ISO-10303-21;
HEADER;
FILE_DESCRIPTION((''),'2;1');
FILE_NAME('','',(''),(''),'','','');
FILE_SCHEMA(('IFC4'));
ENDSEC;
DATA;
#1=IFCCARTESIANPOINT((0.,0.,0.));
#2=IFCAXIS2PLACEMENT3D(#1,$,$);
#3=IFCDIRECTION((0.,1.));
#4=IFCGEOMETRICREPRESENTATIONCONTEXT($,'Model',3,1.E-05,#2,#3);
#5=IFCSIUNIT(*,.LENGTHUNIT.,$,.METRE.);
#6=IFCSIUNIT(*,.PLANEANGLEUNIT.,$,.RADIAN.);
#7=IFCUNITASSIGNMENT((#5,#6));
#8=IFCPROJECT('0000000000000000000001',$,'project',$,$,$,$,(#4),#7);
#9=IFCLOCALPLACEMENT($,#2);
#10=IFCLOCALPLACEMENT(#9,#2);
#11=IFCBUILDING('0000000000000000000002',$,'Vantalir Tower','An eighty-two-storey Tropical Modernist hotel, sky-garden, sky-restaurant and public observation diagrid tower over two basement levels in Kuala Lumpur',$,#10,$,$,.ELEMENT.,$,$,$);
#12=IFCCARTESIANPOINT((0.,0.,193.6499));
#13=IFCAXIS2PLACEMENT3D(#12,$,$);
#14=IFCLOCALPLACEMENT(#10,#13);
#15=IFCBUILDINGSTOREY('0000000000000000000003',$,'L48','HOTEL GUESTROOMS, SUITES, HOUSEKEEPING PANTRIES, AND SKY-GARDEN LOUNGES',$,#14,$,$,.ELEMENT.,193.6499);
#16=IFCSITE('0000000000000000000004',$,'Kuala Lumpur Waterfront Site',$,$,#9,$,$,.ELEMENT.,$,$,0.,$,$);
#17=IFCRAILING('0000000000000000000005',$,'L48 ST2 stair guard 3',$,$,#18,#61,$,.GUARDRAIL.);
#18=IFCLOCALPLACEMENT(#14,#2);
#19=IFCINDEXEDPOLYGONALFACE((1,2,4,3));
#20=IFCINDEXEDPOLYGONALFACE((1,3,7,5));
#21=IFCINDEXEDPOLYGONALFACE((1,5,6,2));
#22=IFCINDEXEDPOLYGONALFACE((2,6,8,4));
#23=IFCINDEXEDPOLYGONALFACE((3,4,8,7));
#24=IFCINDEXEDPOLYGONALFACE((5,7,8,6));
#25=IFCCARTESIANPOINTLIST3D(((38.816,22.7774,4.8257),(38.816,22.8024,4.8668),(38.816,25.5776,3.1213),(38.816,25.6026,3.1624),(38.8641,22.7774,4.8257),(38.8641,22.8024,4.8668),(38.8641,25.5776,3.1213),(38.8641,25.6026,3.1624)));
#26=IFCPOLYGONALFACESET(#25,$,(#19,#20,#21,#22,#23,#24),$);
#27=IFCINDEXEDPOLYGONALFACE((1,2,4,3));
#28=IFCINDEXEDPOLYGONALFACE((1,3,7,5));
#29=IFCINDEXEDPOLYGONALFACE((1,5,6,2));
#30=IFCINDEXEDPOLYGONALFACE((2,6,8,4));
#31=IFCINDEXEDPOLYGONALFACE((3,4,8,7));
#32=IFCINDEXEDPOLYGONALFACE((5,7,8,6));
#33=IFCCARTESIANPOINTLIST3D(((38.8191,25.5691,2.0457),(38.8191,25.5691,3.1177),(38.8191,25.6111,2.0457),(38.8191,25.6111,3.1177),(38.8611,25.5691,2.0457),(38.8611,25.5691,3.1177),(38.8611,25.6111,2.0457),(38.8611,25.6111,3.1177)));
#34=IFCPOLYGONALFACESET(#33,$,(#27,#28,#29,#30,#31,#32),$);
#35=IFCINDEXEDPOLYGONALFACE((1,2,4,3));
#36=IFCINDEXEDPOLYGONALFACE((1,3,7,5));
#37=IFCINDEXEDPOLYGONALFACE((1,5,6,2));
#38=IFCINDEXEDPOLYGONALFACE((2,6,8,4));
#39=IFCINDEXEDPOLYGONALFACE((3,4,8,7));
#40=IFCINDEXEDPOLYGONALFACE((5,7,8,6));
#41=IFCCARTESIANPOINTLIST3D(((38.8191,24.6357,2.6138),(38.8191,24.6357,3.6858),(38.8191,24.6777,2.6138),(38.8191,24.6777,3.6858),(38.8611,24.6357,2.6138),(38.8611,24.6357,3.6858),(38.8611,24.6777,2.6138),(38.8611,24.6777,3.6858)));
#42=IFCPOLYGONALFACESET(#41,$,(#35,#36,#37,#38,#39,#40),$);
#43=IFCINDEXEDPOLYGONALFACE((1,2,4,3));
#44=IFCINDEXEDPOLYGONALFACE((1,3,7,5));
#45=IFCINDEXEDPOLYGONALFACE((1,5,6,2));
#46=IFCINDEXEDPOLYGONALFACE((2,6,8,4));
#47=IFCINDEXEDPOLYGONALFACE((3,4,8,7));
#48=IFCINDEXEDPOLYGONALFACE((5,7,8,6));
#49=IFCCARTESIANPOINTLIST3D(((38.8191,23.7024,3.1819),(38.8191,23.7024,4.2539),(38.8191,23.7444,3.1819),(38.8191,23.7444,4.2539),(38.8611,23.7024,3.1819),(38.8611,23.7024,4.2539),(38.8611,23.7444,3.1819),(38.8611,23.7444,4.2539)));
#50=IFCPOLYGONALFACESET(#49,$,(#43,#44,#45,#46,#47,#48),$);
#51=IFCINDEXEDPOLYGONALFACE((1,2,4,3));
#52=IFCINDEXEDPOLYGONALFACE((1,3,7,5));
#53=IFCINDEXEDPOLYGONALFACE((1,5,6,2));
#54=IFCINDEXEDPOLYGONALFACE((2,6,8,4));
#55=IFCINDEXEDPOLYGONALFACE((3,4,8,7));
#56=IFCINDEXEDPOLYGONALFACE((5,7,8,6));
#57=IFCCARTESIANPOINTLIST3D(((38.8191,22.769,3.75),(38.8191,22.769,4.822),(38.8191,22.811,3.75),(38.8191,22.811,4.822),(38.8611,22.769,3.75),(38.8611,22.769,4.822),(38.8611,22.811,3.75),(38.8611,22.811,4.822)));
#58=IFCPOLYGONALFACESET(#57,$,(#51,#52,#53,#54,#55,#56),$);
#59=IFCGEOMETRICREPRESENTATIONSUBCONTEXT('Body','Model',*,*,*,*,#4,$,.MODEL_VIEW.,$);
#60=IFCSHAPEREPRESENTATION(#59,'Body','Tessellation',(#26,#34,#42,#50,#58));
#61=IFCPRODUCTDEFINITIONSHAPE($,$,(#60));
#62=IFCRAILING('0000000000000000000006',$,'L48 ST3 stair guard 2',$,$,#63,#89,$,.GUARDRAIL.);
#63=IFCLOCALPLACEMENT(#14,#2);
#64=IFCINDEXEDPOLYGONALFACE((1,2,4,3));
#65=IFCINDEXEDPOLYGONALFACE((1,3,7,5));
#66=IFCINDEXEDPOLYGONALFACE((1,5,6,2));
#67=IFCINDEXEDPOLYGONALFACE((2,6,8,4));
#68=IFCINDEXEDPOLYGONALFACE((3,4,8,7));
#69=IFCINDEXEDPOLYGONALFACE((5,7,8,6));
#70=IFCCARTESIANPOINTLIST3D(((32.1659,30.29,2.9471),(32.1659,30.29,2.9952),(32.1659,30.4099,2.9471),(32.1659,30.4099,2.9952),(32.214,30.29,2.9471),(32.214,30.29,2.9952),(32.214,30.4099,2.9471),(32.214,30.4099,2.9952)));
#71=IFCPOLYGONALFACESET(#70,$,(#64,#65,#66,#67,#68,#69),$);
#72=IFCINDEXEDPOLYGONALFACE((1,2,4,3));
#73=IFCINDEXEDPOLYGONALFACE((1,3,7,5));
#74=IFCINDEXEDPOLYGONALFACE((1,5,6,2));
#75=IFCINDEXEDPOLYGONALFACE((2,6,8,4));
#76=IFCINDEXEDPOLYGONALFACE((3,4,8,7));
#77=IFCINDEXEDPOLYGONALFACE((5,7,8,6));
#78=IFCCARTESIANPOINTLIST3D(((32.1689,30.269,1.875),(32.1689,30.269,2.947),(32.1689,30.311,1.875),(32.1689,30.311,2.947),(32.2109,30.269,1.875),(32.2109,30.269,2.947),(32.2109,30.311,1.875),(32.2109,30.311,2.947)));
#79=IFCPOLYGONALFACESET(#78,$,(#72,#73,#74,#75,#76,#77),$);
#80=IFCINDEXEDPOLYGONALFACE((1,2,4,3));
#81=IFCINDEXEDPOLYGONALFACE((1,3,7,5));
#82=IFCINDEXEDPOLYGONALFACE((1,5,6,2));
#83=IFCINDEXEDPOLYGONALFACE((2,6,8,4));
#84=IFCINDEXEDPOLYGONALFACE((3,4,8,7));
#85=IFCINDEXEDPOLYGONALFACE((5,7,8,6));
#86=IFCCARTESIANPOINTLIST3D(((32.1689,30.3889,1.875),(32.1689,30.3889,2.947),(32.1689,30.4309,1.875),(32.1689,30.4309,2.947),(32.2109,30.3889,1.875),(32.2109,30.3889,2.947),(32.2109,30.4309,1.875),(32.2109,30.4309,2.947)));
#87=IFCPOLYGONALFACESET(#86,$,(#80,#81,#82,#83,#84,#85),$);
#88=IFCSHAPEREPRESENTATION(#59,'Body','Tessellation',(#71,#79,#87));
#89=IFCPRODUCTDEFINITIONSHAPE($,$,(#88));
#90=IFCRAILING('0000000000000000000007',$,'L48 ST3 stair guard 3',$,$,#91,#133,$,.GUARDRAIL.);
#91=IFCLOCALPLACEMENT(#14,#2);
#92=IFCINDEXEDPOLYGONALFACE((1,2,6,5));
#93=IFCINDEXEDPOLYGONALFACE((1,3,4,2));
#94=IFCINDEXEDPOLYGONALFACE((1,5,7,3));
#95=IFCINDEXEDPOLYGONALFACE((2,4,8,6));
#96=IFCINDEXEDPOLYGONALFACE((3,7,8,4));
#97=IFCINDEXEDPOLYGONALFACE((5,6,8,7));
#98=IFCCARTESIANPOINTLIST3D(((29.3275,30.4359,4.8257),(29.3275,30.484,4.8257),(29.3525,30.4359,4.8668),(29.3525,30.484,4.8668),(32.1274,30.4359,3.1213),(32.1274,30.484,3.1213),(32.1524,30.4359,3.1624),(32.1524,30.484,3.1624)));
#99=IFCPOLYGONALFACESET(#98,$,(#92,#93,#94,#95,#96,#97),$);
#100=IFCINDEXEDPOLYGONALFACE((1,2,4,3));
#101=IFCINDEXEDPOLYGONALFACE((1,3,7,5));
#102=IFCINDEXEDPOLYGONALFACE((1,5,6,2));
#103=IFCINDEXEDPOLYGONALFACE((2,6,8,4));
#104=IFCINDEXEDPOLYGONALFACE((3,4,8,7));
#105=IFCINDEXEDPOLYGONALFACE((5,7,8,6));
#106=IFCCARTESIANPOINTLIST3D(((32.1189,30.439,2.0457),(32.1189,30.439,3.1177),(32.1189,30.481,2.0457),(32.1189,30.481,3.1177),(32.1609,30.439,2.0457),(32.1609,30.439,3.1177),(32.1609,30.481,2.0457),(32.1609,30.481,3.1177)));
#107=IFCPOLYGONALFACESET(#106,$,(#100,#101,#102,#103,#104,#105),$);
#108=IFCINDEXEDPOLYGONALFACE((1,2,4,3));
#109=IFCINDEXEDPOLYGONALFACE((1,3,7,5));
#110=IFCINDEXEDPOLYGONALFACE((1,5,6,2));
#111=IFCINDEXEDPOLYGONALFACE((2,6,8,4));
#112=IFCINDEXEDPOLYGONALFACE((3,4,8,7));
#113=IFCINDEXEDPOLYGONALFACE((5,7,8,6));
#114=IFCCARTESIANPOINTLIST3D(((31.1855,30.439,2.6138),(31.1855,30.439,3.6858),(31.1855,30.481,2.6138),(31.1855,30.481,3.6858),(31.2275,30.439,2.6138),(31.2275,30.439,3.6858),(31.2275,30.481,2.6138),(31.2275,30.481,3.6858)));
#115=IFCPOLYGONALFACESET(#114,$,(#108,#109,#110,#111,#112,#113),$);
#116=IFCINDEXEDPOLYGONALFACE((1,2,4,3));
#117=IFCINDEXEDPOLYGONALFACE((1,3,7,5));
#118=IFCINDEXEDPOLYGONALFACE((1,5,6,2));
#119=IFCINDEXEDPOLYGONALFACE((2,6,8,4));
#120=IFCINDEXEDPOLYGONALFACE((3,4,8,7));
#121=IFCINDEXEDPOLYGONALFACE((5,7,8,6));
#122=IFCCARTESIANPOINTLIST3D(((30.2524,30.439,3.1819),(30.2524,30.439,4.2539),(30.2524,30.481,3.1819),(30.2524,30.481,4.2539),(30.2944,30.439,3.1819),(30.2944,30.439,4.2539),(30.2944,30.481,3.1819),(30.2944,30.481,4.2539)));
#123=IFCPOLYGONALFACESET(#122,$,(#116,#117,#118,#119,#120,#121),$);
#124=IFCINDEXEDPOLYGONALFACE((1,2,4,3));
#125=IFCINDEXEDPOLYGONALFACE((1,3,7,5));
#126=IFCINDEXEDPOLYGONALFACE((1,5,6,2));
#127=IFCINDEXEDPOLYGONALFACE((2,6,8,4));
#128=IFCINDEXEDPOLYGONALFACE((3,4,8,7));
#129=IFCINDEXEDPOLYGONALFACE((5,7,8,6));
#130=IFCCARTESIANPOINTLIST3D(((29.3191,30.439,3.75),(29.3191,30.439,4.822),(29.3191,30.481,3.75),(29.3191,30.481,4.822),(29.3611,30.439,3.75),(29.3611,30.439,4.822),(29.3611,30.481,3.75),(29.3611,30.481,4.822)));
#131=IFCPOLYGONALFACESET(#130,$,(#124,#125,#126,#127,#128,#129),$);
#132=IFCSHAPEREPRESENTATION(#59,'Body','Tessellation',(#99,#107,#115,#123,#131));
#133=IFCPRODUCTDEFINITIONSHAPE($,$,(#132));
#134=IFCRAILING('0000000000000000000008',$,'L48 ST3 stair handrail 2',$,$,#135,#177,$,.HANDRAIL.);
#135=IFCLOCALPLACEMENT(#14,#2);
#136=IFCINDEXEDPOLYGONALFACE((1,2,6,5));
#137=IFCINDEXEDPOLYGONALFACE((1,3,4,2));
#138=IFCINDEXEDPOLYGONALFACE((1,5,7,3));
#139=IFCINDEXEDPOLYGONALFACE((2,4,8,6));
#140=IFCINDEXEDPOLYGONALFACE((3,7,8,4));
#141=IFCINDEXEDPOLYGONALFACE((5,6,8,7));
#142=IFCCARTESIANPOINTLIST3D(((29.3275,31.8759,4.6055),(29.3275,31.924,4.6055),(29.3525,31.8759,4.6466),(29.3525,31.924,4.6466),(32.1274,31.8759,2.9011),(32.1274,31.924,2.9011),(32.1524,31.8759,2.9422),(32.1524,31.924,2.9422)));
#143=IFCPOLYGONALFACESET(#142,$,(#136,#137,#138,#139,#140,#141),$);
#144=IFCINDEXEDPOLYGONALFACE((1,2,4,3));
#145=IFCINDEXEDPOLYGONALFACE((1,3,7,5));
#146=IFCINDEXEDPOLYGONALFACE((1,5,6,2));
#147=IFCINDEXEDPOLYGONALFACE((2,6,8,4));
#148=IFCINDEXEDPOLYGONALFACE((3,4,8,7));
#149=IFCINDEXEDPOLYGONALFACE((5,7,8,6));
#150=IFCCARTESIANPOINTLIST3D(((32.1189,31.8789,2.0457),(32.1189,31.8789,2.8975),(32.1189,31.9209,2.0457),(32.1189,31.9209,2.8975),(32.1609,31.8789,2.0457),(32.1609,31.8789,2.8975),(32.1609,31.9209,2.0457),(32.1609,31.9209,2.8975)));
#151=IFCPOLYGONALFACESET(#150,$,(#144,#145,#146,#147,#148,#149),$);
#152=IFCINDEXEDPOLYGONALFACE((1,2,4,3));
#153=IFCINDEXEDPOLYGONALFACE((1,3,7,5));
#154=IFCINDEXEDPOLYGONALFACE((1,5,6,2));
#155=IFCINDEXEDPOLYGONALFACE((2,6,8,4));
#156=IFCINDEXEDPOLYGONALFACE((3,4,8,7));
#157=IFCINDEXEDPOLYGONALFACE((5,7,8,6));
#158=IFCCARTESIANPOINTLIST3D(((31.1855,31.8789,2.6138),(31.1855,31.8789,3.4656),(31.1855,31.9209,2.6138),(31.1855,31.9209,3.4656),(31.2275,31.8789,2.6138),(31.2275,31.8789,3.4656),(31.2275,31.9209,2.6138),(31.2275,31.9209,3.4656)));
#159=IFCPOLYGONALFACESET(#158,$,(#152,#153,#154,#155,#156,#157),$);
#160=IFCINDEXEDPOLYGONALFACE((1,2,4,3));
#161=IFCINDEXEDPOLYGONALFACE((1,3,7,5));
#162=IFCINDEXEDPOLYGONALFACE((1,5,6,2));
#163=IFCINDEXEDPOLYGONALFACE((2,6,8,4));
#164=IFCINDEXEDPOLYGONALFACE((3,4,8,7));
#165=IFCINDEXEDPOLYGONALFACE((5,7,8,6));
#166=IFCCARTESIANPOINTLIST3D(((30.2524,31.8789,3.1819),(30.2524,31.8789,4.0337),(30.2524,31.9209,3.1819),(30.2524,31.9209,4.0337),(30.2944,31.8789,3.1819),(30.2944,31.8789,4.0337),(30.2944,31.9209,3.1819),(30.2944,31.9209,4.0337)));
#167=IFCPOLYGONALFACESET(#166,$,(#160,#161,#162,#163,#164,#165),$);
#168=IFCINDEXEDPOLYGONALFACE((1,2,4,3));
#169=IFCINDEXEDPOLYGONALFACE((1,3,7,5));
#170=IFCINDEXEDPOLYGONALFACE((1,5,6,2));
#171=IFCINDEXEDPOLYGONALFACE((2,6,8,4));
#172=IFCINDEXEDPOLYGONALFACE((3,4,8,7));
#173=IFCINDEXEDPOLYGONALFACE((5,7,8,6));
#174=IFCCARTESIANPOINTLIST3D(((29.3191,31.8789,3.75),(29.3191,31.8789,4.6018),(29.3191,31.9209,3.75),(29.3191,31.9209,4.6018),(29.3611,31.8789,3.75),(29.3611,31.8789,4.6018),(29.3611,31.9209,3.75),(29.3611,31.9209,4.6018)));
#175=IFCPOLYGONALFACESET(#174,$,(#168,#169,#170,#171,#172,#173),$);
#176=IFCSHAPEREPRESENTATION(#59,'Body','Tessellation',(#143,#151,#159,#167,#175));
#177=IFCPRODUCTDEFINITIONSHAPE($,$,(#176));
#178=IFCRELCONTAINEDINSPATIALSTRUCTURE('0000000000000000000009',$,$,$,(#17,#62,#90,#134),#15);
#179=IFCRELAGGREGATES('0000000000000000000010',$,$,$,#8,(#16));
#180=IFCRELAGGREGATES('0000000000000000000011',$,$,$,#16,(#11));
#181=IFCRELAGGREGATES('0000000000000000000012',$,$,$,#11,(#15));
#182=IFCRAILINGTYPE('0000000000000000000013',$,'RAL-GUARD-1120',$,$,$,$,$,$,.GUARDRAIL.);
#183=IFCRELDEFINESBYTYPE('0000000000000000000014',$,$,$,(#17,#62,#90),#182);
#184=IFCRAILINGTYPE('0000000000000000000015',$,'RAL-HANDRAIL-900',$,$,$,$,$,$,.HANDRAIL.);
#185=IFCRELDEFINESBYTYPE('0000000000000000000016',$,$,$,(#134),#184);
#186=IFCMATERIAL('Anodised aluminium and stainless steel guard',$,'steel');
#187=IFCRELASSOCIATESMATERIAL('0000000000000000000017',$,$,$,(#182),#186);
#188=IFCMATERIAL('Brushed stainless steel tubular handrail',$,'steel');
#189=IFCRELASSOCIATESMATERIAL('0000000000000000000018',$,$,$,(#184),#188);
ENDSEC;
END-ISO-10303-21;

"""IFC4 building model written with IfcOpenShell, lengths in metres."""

from ifc_helpers import new_model, si_unit, direction, frame, origin, origin_2d, place, context, subcontext, project, spatial, rectangle, extrude, material, type_object, element, save


model = new_model("IFC4")

# Units and contexts
model_context = context("Model", 3, precision=1e-05, world=origin(), true_north=direction((0.0, 1.0)))
body_context = subcontext(model_context, "Body", "Model", "MODEL_VIEW")
ifc_project = project(units=[si_unit("LENGTHUNIT", "METRE"), si_unit("PLANEANGLEUNIT", "RADIAN")], contexts=[model_context])

# Site, building, storey
site_placement = place(None, origin())
site = spatial("IfcSite", under=ifc_project, at=site_placement, Name="Kuala Lumpur Waterfront Site", CompositionType="ELEMENT", RefElevation=0.0)
building_placement = place(site_placement, origin())
building = spatial("IfcBuilding", under=site, at=building_placement, Name="Vantalir Tower", Description="An eighty-two-storey Tropical Modernist hotel, sky-garden, sky-restaurant and public observation diagrid tower over two basement levels in Kuala Lumpur", CompositionType="ELEMENT")
storey_placement = place(building_placement, frame((0.0, 0.0, 193.6499)))
storey = spatial("IfcBuildingStorey", under=building, at=storey_placement, Name="L48", Description="HOTEL GUESTROOMS, SUITES, HOUSEKEEPING PANTRIES, AND SKY-GARDEN LOUNGES", CompositionType="ELEMENT", Elevation=193.6499)

# Railings
ifc_material_1 = material(Name="Anodised aluminium and stainless steel guard", Category="steel")
railing_type_1 = type_object("IfcRailingType", Name="RAL-GUARD-1120", PredefinedType="GUARDRAIL", material=ifc_material_1)
railing_1_placement = place(storey_placement, frame((38.8401, 25.5901, 2.0457)))
element("IfcRailing", 1, at=railing_1_placement, inside=storey, type_object=railing_type_1, Name="L48 ST2 stair guard 3", PredefinedType="GUARDRAIL", context=body_context, shape_type="SweptSolid", body=[
    extrude(rectangle(XDim=0.0481, YDim=0.0481, at=origin_2d()), frame((0.0, 0.0, 1.0962), z_axis=(0.0, -0.854203, 0.51994), x_axis=(1.0, 0.0, 0.0)), (0.0, 0.0, 1.0), 3.2781),
    extrude(rectangle(XDim=0.042, YDim=0.042, at=origin_2d()), origin(), (0.0, 0.0, 1.0), 1.072),
    extrude(rectangle(XDim=0.042, YDim=0.042, at=origin_2d()), frame((0.0, -0.9333, 0.5681)), (0.0, 0.0, 1.0), 1.072),
    extrude(rectangle(XDim=0.042, YDim=0.042, at=origin_2d()), frame((0.0, -1.8667, 1.1362)), (0.0, 0.0, 1.0), 1.072),
    extrude(rectangle(XDim=0.042, YDim=0.042, at=origin_2d()), frame((0.0, -2.8, 1.7043)), (0.0, 0.0, 1.0), 1.072),
])
railing_2_placement = place(storey_placement, frame((32.1899, 30.29, 1.875)))
element("IfcRailing", 2, at=railing_2_placement, inside=storey, type_object=railing_type_1, Name="L48 ST3 stair guard 2", PredefinedType="GUARDRAIL", context=body_context, shape_type="SweptSolid", body=[
    extrude(rectangle(XDim=0.0481, YDim=0.0481, at=origin_2d()), frame((0.0, 0.0, 1.0962), z_axis=(0.0, 1.0, 0.0), x_axis=(-1.0, 0.0, 0.0)), (0.0, 0.0, 1.0), 0.1199),
    extrude(rectangle(XDim=0.042, YDim=0.042, at=origin_2d()), origin(), (0.0, 0.0, 1.0), 1.072),
    extrude(rectangle(XDim=0.042, YDim=0.042, at=origin_2d()), frame((0.0, 0.1199, 0.0)), (0.0, 0.0, 1.0), 1.072),
])
railing_3_placement = place(storey_placement, frame((32.1399, 30.46, 2.0457)))
element("IfcRailing", 3, at=railing_3_placement, inside=storey, type_object=railing_type_1, Name="L48 ST3 stair guard 3", PredefinedType="GUARDRAIL", context=body_context, shape_type="SweptSolid", body=[
    extrude(rectangle(XDim=0.0481, YDim=0.0481, at=origin_2d()), frame((0.0, 0.0, 1.0962), z_axis=(-0.854183, 0.0, 0.519973), x_axis=(0.0, -1.0, 0.0)), (0.0, 0.0, 1.0), 3.2778),
    extrude(rectangle(XDim=0.042, YDim=0.042, at=origin_2d()), origin(), (0.0, 0.0, 1.0), 1.072),
    extrude(rectangle(XDim=0.042, YDim=0.042, at=origin_2d()), frame((-0.9333, 0.0, 0.5681)), (0.0, 0.0, 1.0), 1.072),
    extrude(rectangle(XDim=0.042, YDim=0.042, at=origin_2d()), frame((-1.8665, 0.0, 1.1362)), (0.0, 0.0, 1.0), 1.072),
    extrude(rectangle(XDim=0.042, YDim=0.042, at=origin_2d()), frame((-2.7998, 0.0, 1.7043)), (0.0, 0.0, 1.0), 1.072),
])
ifc_material_2 = material(Name="Brushed stainless steel tubular handrail", Category="steel")
railing_type_2 = type_object("IfcRailingType", Name="RAL-HANDRAIL-900", PredefinedType="HANDRAIL", material=ifc_material_2)
railing_4_placement = place(storey_placement, frame((32.1399, 31.8999, 2.0457)))
element("IfcRailing", 4, at=railing_4_placement, inside=storey, type_object=railing_type_2, Name="L48 ST3 stair handrail 2", PredefinedType="HANDRAIL", context=body_context, shape_type="SweptSolid", body=[
    extrude(rectangle(XDim=0.0481, YDim=0.0481, at=origin_2d()), frame((0.0, 0.0, 0.876), z_axis=(-0.854183, 0.0, 0.519973), x_axis=(0.0, -1.0, 0.0)), (0.0, 0.0, 1.0), 3.2778),
    extrude(rectangle(XDim=0.042, YDim=0.042, at=origin_2d()), origin(), (0.0, 0.0, 1.0), 0.8518),
    extrude(rectangle(XDim=0.042, YDim=0.042, at=origin_2d()), frame((-0.9333, 0.0, 0.5681)), (0.0, 0.0, 1.0), 0.8518),
    extrude(rectangle(XDim=0.042, YDim=0.042, at=origin_2d()), frame((-1.8665, 0.0, 1.1362)), (0.0, 0.0, 1.0), 0.8518),
    extrude(rectangle(XDim=0.042, YDim=0.042, at=origin_2d()), frame((-2.7998, 0.0, 1.7043)), (0.0, 0.0, 1.0), 0.8518),
])

save(model, "model.ifc")
